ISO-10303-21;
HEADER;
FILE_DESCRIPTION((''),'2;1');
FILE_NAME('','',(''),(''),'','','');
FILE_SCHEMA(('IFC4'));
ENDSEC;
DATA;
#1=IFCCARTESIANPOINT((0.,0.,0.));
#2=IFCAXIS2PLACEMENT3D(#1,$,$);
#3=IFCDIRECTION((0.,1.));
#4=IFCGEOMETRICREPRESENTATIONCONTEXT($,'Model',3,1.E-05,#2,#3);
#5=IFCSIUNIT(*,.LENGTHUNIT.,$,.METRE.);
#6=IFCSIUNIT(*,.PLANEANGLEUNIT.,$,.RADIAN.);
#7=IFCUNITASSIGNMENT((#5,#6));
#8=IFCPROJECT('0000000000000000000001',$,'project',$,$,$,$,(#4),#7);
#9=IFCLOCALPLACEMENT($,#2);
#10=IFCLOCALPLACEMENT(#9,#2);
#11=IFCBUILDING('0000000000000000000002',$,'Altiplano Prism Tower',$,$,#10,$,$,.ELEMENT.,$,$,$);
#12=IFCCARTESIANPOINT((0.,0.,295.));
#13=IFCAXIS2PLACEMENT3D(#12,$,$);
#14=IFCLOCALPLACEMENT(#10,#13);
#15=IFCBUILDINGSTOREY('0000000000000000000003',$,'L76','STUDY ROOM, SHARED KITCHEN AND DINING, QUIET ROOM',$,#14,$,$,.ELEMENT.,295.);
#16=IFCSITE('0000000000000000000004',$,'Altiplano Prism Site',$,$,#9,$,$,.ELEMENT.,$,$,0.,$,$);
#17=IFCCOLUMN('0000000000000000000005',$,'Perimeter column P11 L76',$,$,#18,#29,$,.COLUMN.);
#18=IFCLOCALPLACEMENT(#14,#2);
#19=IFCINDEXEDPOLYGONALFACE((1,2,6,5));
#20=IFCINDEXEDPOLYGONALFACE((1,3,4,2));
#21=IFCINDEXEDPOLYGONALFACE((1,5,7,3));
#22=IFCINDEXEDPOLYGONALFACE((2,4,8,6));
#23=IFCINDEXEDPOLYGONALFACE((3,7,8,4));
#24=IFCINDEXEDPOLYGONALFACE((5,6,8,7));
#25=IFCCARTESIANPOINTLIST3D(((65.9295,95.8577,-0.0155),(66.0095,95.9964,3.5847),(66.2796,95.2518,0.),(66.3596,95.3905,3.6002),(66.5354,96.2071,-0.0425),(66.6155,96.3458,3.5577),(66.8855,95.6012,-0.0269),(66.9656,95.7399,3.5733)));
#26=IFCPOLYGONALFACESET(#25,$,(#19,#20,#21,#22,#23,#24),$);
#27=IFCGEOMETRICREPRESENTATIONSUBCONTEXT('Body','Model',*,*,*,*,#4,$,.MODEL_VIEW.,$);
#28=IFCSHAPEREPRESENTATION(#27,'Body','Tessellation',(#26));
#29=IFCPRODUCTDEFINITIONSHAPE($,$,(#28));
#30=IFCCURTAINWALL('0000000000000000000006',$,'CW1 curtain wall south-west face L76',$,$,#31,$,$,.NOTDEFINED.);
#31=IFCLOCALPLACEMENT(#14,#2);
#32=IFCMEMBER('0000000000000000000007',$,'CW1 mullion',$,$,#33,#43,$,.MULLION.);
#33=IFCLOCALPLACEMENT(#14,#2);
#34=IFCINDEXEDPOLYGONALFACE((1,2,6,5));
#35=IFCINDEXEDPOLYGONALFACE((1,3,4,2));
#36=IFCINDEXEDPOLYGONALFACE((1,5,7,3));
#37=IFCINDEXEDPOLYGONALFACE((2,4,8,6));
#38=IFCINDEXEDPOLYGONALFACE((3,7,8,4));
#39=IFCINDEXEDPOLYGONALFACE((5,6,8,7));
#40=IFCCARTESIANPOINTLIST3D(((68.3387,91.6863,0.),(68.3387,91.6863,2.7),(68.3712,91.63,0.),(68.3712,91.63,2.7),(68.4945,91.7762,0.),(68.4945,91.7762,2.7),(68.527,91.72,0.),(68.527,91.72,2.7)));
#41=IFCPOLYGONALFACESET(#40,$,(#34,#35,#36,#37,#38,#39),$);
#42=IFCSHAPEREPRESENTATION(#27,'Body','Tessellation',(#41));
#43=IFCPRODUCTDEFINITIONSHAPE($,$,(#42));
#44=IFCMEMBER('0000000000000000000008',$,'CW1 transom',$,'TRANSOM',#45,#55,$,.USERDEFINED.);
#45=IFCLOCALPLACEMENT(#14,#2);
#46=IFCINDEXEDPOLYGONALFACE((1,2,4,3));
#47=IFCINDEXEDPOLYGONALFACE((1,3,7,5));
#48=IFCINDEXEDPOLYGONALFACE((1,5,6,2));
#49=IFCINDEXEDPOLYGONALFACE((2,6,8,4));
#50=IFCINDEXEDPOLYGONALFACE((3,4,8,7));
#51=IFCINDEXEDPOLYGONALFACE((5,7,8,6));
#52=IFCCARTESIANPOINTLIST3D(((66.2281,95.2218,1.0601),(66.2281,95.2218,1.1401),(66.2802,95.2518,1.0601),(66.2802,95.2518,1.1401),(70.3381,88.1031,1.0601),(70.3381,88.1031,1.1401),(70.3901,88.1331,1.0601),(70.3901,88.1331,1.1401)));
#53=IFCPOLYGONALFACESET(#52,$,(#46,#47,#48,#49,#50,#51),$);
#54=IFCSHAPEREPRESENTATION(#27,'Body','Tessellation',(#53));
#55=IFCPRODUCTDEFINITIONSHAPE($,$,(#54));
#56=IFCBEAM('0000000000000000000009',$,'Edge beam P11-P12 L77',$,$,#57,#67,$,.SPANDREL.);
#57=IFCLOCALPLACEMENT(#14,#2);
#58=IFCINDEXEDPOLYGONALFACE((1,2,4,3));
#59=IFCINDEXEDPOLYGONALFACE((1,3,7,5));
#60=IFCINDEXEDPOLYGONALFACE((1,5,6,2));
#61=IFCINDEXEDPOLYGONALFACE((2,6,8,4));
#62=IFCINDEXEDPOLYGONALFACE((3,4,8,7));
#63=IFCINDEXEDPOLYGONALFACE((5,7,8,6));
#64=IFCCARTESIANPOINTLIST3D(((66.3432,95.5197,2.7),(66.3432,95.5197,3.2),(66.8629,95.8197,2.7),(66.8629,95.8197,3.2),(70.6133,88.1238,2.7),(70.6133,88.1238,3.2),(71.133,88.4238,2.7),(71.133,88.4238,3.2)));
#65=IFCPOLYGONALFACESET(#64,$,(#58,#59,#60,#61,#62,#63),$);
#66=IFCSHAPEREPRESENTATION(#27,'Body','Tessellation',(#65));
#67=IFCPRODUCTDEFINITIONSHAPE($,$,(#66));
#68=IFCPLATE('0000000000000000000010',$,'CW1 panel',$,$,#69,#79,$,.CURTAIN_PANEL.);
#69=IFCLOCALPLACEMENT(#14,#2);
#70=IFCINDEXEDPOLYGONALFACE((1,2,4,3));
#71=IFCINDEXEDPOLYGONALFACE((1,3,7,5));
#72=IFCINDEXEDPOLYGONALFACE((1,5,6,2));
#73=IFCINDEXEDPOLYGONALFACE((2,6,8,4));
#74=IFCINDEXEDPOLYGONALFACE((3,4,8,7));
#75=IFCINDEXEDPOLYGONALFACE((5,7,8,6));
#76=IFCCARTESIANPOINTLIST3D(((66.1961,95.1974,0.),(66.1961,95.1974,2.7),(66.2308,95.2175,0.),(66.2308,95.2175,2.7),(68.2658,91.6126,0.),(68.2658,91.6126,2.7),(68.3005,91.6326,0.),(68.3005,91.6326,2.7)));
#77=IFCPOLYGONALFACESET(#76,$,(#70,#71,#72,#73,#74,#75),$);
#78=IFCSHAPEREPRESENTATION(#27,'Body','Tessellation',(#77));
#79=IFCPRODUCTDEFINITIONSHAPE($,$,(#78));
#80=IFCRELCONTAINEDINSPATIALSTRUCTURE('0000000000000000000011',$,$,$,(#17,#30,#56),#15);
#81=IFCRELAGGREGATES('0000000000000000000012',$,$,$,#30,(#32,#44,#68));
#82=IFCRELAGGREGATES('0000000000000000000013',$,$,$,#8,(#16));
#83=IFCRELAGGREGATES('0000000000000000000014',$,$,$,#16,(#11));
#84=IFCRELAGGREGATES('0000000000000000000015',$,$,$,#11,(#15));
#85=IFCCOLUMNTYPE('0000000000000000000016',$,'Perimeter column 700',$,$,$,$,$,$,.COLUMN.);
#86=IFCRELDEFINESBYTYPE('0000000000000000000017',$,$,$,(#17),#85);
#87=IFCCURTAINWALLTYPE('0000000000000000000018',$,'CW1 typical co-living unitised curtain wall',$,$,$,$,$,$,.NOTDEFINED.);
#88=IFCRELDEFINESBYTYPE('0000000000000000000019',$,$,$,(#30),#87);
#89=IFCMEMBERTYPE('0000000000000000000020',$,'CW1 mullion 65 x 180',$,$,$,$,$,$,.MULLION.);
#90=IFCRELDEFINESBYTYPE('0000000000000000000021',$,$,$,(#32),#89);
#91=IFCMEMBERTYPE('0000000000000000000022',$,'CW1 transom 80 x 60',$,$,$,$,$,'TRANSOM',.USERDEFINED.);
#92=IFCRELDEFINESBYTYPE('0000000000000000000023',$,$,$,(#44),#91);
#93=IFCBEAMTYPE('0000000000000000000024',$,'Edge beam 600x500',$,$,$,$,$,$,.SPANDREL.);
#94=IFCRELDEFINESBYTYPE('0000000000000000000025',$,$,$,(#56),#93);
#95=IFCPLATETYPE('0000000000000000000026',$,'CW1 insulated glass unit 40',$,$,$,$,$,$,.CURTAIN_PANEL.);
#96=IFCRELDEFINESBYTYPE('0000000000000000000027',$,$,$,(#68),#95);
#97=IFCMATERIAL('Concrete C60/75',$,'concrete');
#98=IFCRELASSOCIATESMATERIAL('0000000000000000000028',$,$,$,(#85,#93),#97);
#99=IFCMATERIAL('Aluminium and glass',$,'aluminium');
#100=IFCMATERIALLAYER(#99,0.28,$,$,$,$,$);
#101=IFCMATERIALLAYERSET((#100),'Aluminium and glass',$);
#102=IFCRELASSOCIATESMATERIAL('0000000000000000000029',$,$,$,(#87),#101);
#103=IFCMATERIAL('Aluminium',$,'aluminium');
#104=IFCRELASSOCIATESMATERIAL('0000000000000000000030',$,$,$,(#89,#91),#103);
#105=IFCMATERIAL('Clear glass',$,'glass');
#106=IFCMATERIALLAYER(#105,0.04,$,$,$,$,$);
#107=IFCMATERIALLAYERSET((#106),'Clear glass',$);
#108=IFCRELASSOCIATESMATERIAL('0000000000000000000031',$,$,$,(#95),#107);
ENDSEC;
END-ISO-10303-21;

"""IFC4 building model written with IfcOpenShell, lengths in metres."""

from ifc_helpers import new_model, si_unit, direction, frame, origin, origin_2d, place, context, subcontext, project, spatial, rectangle, extrude, material, layer, layer_set, material_profile, profile_set, type_object, element, aggregate, save


model = new_model("IFC4")

# Units and contexts
model_context = context("Model", 3, precision=1e-05, world=origin(), true_north=direction((0.0, 1.0)))
body_context = subcontext(model_context, "Body", "Model", "MODEL_VIEW")
ifc_project = project(units=[si_unit("LENGTHUNIT", "METRE"), si_unit("PLANEANGLEUNIT", "RADIAN")], contexts=[model_context])

# Site, building, storey
site_placement = place(None, origin())
site = spatial("IfcSite", under=ifc_project, at=site_placement, Name="Altiplano Prism Site", CompositionType="ELEMENT", RefElevation=0.0)
building_placement = place(site_placement, origin())
building = spatial("IfcBuilding", under=site, at=building_placement, Name="Altiplano Prism Tower", CompositionType="ELEMENT")
storey_placement = place(building_placement, frame((0.0, 0.0, 295.0)))
storey = spatial("IfcBuildingStorey", under=building, at=storey_placement, Name="L76", Description="STUDY ROOM, SHARED KITCHEN AND DINING, QUIET ROOM", CompositionType="ELEMENT", Elevation=295.0)

# Column
ifc_material_1 = material(Name="Concrete C60/75", Category="concrete")
ifc_material_profile_1 = material_profile(ifc_material_1, rectangle(XDim=0.7, YDim=0.7, at=origin_2d()), Name="Perimeter column 700")
ifc_profile_set_1 = profile_set([ifc_material_profile_1], Name="Concrete C60/75")
column_type = type_object("IfcColumnType", Name="Perimeter column 700", PredefinedType="COLUMN", material=ifc_profile_set_1)
column_placement = place(storey_placement, frame((66.4075, 95.7295, -0.0212), z_axis=(0.022221, 0.038481, 0.999012), x_axis=(-0.865639, -0.499187, 0.038483)))
element("IfcColumn", 1, at=column_placement, inside=storey, type_object=column_type, Name="Perimeter column P11 L76", PredefinedType="COLUMN", context=body_context, shape_type="SweptSolid", body=[
    extrude(rectangle(XDim=0.7, YDim=0.7, at=origin_2d()), origin(), (0.0, 0.0, 1.0), 3.6038),
])

# Curtain wall, members
ifc_material_2 = material(Name="Aluminium and glass", Category="aluminium")
ifc_layer_1 = layer(ifc_material_2, 0.28)
ifc_layer_set_1 = layer_set([ifc_layer_1], Name="Aluminium and glass")
curtain_wall_type = type_object("IfcCurtainWallType", Name="CW1 typical co-living unitised curtain wall", PredefinedType="NOTDEFINED", material=ifc_layer_set_1)
curtain_wall_placement = place(storey_placement, origin())
curtain_wall = element("IfcCurtainWall", 2, at=curtain_wall_placement, inside=storey, type_object=curtain_wall_type, Name="CW1 curtain wall south-west face L76", PredefinedType="NOTDEFINED")
ifc_material_3 = material(Name="Aluminium", Category="aluminium")
ifc_material_profile_2 = material_profile(ifc_material_3, rectangle(XDim=0.1799, YDim=0.0649, at=origin_2d()), Name="CW1 mullion 65 x 180")
ifc_profile_set_2 = profile_set([ifc_material_profile_2], Name="Aluminium")
member_type_1 = type_object("IfcMemberType", Name="CW1 mullion 65 x 180", PredefinedType="MULLION", material=ifc_profile_set_2)
member_1_placement = place(storey_placement, frame((68.4329, 91.7031, 0.0), z_axis=(0.0, 0.0, 1.0), x_axis=(0.866025, 0.5, 0.0)))
member_1 = element("IfcMember", 3, at=member_1_placement, type_object=member_type_1, Name="CW1 mullion", PredefinedType="MULLION", context=body_context, shape_type="SweptSolid", body=[
    extrude(rectangle(XDim=0.1799, YDim=0.0649, at=origin_2d()), origin(), (0.0, 0.0, 1.0), 2.7),
])
ifc_material_profile_3 = material_profile(ifc_material_3, rectangle(XDim=0.0601, YDim=0.0801, at=origin_2d()), Name="CW1 transom 80 x 60")
ifc_profile_set_3 = profile_set([ifc_material_profile_3], Name="Aluminium")
member_type_2 = type_object("IfcMemberType", Name="CW1 transom 80 x 60", ElementType="TRANSOM", PredefinedType="USERDEFINED", material=ifc_profile_set_3)
member_2_placement = place(storey_placement, frame((66.2542, 95.2368, 1.1001), z_axis=(0.499992, -0.86603, 0.0), x_axis=(0.86603, 0.499992, 0.0)))
member_2 = element("IfcMember", 4, at=member_2_placement, type_object=member_type_2, Name="CW1 transom", ObjectType="TRANSOM", PredefinedType="USERDEFINED", context=body_context, shape_type="SweptSolid", body=[
    extrude(rectangle(XDim=0.0601, YDim=0.0801, at=origin_2d()), origin(), (0.0, 0.0, 1.0), 8.22),
])

# Beam
ifc_material_profile_4 = material_profile(ifc_material_1, rectangle(XDim=0.6001, YDim=0.5, at=origin_2d()), Name="Edge beam 600x500")
ifc_profile_set_4 = profile_set([ifc_material_profile_4], Name="Concrete C60/75")
beam_type = type_object("IfcBeamType", Name="Edge beam 600x500", PredefinedType="SPANDREL", material=ifc_profile_set_4)
beam_placement = place(storey_placement, frame((66.603, 95.6697, 2.95), z_axis=(0.500007, -0.866021, 0.0), x_axis=(0.866021, 0.500007, 0.0)))
element("IfcBeam", 5, at=beam_placement, inside=storey, type_object=beam_type, Name="Edge beam P11-P12 L77", PredefinedType="SPANDREL", context=body_context, shape_type="SweptSolid", body=[
    extrude(rectangle(XDim=0.6001, YDim=0.5, at=origin_2d()), origin(), (0.0, 0.0, 1.0), 8.54),
])

# Plate
ifc_material_4 = material(Name="Clear glass", Category="glass")
ifc_layer_2 = layer(ifc_material_4, 0.04)
ifc_layer_set_2 = layer_set([ifc_layer_2], Name="Clear glass")
plate_type = type_object("IfcPlateType", Name="CW1 insulated glass unit 40", PredefinedType="CURTAIN_PANEL", material=ifc_layer_set_2)
plate_placement = place(storey_placement, frame((67.2483, 93.415, 0.0), z_axis=(0.0, 0.0, 1.0), x_axis=(0.5, -0.866025, 0.0)))
plate = element("IfcPlate", 6, at=plate_placement, type_object=plate_type, Name="CW1 panel", PredefinedType="CURTAIN_PANEL", context=body_context, shape_type="SweptSolid", body=[
    extrude(rectangle(XDim=4.1394, YDim=0.04, at=origin_2d()), origin(), (0.0, 0.0, 1.0), 2.7),
])
aggregate(curtain_wall, [member_1, member_2, plate])

save(model, "model.ifc")
